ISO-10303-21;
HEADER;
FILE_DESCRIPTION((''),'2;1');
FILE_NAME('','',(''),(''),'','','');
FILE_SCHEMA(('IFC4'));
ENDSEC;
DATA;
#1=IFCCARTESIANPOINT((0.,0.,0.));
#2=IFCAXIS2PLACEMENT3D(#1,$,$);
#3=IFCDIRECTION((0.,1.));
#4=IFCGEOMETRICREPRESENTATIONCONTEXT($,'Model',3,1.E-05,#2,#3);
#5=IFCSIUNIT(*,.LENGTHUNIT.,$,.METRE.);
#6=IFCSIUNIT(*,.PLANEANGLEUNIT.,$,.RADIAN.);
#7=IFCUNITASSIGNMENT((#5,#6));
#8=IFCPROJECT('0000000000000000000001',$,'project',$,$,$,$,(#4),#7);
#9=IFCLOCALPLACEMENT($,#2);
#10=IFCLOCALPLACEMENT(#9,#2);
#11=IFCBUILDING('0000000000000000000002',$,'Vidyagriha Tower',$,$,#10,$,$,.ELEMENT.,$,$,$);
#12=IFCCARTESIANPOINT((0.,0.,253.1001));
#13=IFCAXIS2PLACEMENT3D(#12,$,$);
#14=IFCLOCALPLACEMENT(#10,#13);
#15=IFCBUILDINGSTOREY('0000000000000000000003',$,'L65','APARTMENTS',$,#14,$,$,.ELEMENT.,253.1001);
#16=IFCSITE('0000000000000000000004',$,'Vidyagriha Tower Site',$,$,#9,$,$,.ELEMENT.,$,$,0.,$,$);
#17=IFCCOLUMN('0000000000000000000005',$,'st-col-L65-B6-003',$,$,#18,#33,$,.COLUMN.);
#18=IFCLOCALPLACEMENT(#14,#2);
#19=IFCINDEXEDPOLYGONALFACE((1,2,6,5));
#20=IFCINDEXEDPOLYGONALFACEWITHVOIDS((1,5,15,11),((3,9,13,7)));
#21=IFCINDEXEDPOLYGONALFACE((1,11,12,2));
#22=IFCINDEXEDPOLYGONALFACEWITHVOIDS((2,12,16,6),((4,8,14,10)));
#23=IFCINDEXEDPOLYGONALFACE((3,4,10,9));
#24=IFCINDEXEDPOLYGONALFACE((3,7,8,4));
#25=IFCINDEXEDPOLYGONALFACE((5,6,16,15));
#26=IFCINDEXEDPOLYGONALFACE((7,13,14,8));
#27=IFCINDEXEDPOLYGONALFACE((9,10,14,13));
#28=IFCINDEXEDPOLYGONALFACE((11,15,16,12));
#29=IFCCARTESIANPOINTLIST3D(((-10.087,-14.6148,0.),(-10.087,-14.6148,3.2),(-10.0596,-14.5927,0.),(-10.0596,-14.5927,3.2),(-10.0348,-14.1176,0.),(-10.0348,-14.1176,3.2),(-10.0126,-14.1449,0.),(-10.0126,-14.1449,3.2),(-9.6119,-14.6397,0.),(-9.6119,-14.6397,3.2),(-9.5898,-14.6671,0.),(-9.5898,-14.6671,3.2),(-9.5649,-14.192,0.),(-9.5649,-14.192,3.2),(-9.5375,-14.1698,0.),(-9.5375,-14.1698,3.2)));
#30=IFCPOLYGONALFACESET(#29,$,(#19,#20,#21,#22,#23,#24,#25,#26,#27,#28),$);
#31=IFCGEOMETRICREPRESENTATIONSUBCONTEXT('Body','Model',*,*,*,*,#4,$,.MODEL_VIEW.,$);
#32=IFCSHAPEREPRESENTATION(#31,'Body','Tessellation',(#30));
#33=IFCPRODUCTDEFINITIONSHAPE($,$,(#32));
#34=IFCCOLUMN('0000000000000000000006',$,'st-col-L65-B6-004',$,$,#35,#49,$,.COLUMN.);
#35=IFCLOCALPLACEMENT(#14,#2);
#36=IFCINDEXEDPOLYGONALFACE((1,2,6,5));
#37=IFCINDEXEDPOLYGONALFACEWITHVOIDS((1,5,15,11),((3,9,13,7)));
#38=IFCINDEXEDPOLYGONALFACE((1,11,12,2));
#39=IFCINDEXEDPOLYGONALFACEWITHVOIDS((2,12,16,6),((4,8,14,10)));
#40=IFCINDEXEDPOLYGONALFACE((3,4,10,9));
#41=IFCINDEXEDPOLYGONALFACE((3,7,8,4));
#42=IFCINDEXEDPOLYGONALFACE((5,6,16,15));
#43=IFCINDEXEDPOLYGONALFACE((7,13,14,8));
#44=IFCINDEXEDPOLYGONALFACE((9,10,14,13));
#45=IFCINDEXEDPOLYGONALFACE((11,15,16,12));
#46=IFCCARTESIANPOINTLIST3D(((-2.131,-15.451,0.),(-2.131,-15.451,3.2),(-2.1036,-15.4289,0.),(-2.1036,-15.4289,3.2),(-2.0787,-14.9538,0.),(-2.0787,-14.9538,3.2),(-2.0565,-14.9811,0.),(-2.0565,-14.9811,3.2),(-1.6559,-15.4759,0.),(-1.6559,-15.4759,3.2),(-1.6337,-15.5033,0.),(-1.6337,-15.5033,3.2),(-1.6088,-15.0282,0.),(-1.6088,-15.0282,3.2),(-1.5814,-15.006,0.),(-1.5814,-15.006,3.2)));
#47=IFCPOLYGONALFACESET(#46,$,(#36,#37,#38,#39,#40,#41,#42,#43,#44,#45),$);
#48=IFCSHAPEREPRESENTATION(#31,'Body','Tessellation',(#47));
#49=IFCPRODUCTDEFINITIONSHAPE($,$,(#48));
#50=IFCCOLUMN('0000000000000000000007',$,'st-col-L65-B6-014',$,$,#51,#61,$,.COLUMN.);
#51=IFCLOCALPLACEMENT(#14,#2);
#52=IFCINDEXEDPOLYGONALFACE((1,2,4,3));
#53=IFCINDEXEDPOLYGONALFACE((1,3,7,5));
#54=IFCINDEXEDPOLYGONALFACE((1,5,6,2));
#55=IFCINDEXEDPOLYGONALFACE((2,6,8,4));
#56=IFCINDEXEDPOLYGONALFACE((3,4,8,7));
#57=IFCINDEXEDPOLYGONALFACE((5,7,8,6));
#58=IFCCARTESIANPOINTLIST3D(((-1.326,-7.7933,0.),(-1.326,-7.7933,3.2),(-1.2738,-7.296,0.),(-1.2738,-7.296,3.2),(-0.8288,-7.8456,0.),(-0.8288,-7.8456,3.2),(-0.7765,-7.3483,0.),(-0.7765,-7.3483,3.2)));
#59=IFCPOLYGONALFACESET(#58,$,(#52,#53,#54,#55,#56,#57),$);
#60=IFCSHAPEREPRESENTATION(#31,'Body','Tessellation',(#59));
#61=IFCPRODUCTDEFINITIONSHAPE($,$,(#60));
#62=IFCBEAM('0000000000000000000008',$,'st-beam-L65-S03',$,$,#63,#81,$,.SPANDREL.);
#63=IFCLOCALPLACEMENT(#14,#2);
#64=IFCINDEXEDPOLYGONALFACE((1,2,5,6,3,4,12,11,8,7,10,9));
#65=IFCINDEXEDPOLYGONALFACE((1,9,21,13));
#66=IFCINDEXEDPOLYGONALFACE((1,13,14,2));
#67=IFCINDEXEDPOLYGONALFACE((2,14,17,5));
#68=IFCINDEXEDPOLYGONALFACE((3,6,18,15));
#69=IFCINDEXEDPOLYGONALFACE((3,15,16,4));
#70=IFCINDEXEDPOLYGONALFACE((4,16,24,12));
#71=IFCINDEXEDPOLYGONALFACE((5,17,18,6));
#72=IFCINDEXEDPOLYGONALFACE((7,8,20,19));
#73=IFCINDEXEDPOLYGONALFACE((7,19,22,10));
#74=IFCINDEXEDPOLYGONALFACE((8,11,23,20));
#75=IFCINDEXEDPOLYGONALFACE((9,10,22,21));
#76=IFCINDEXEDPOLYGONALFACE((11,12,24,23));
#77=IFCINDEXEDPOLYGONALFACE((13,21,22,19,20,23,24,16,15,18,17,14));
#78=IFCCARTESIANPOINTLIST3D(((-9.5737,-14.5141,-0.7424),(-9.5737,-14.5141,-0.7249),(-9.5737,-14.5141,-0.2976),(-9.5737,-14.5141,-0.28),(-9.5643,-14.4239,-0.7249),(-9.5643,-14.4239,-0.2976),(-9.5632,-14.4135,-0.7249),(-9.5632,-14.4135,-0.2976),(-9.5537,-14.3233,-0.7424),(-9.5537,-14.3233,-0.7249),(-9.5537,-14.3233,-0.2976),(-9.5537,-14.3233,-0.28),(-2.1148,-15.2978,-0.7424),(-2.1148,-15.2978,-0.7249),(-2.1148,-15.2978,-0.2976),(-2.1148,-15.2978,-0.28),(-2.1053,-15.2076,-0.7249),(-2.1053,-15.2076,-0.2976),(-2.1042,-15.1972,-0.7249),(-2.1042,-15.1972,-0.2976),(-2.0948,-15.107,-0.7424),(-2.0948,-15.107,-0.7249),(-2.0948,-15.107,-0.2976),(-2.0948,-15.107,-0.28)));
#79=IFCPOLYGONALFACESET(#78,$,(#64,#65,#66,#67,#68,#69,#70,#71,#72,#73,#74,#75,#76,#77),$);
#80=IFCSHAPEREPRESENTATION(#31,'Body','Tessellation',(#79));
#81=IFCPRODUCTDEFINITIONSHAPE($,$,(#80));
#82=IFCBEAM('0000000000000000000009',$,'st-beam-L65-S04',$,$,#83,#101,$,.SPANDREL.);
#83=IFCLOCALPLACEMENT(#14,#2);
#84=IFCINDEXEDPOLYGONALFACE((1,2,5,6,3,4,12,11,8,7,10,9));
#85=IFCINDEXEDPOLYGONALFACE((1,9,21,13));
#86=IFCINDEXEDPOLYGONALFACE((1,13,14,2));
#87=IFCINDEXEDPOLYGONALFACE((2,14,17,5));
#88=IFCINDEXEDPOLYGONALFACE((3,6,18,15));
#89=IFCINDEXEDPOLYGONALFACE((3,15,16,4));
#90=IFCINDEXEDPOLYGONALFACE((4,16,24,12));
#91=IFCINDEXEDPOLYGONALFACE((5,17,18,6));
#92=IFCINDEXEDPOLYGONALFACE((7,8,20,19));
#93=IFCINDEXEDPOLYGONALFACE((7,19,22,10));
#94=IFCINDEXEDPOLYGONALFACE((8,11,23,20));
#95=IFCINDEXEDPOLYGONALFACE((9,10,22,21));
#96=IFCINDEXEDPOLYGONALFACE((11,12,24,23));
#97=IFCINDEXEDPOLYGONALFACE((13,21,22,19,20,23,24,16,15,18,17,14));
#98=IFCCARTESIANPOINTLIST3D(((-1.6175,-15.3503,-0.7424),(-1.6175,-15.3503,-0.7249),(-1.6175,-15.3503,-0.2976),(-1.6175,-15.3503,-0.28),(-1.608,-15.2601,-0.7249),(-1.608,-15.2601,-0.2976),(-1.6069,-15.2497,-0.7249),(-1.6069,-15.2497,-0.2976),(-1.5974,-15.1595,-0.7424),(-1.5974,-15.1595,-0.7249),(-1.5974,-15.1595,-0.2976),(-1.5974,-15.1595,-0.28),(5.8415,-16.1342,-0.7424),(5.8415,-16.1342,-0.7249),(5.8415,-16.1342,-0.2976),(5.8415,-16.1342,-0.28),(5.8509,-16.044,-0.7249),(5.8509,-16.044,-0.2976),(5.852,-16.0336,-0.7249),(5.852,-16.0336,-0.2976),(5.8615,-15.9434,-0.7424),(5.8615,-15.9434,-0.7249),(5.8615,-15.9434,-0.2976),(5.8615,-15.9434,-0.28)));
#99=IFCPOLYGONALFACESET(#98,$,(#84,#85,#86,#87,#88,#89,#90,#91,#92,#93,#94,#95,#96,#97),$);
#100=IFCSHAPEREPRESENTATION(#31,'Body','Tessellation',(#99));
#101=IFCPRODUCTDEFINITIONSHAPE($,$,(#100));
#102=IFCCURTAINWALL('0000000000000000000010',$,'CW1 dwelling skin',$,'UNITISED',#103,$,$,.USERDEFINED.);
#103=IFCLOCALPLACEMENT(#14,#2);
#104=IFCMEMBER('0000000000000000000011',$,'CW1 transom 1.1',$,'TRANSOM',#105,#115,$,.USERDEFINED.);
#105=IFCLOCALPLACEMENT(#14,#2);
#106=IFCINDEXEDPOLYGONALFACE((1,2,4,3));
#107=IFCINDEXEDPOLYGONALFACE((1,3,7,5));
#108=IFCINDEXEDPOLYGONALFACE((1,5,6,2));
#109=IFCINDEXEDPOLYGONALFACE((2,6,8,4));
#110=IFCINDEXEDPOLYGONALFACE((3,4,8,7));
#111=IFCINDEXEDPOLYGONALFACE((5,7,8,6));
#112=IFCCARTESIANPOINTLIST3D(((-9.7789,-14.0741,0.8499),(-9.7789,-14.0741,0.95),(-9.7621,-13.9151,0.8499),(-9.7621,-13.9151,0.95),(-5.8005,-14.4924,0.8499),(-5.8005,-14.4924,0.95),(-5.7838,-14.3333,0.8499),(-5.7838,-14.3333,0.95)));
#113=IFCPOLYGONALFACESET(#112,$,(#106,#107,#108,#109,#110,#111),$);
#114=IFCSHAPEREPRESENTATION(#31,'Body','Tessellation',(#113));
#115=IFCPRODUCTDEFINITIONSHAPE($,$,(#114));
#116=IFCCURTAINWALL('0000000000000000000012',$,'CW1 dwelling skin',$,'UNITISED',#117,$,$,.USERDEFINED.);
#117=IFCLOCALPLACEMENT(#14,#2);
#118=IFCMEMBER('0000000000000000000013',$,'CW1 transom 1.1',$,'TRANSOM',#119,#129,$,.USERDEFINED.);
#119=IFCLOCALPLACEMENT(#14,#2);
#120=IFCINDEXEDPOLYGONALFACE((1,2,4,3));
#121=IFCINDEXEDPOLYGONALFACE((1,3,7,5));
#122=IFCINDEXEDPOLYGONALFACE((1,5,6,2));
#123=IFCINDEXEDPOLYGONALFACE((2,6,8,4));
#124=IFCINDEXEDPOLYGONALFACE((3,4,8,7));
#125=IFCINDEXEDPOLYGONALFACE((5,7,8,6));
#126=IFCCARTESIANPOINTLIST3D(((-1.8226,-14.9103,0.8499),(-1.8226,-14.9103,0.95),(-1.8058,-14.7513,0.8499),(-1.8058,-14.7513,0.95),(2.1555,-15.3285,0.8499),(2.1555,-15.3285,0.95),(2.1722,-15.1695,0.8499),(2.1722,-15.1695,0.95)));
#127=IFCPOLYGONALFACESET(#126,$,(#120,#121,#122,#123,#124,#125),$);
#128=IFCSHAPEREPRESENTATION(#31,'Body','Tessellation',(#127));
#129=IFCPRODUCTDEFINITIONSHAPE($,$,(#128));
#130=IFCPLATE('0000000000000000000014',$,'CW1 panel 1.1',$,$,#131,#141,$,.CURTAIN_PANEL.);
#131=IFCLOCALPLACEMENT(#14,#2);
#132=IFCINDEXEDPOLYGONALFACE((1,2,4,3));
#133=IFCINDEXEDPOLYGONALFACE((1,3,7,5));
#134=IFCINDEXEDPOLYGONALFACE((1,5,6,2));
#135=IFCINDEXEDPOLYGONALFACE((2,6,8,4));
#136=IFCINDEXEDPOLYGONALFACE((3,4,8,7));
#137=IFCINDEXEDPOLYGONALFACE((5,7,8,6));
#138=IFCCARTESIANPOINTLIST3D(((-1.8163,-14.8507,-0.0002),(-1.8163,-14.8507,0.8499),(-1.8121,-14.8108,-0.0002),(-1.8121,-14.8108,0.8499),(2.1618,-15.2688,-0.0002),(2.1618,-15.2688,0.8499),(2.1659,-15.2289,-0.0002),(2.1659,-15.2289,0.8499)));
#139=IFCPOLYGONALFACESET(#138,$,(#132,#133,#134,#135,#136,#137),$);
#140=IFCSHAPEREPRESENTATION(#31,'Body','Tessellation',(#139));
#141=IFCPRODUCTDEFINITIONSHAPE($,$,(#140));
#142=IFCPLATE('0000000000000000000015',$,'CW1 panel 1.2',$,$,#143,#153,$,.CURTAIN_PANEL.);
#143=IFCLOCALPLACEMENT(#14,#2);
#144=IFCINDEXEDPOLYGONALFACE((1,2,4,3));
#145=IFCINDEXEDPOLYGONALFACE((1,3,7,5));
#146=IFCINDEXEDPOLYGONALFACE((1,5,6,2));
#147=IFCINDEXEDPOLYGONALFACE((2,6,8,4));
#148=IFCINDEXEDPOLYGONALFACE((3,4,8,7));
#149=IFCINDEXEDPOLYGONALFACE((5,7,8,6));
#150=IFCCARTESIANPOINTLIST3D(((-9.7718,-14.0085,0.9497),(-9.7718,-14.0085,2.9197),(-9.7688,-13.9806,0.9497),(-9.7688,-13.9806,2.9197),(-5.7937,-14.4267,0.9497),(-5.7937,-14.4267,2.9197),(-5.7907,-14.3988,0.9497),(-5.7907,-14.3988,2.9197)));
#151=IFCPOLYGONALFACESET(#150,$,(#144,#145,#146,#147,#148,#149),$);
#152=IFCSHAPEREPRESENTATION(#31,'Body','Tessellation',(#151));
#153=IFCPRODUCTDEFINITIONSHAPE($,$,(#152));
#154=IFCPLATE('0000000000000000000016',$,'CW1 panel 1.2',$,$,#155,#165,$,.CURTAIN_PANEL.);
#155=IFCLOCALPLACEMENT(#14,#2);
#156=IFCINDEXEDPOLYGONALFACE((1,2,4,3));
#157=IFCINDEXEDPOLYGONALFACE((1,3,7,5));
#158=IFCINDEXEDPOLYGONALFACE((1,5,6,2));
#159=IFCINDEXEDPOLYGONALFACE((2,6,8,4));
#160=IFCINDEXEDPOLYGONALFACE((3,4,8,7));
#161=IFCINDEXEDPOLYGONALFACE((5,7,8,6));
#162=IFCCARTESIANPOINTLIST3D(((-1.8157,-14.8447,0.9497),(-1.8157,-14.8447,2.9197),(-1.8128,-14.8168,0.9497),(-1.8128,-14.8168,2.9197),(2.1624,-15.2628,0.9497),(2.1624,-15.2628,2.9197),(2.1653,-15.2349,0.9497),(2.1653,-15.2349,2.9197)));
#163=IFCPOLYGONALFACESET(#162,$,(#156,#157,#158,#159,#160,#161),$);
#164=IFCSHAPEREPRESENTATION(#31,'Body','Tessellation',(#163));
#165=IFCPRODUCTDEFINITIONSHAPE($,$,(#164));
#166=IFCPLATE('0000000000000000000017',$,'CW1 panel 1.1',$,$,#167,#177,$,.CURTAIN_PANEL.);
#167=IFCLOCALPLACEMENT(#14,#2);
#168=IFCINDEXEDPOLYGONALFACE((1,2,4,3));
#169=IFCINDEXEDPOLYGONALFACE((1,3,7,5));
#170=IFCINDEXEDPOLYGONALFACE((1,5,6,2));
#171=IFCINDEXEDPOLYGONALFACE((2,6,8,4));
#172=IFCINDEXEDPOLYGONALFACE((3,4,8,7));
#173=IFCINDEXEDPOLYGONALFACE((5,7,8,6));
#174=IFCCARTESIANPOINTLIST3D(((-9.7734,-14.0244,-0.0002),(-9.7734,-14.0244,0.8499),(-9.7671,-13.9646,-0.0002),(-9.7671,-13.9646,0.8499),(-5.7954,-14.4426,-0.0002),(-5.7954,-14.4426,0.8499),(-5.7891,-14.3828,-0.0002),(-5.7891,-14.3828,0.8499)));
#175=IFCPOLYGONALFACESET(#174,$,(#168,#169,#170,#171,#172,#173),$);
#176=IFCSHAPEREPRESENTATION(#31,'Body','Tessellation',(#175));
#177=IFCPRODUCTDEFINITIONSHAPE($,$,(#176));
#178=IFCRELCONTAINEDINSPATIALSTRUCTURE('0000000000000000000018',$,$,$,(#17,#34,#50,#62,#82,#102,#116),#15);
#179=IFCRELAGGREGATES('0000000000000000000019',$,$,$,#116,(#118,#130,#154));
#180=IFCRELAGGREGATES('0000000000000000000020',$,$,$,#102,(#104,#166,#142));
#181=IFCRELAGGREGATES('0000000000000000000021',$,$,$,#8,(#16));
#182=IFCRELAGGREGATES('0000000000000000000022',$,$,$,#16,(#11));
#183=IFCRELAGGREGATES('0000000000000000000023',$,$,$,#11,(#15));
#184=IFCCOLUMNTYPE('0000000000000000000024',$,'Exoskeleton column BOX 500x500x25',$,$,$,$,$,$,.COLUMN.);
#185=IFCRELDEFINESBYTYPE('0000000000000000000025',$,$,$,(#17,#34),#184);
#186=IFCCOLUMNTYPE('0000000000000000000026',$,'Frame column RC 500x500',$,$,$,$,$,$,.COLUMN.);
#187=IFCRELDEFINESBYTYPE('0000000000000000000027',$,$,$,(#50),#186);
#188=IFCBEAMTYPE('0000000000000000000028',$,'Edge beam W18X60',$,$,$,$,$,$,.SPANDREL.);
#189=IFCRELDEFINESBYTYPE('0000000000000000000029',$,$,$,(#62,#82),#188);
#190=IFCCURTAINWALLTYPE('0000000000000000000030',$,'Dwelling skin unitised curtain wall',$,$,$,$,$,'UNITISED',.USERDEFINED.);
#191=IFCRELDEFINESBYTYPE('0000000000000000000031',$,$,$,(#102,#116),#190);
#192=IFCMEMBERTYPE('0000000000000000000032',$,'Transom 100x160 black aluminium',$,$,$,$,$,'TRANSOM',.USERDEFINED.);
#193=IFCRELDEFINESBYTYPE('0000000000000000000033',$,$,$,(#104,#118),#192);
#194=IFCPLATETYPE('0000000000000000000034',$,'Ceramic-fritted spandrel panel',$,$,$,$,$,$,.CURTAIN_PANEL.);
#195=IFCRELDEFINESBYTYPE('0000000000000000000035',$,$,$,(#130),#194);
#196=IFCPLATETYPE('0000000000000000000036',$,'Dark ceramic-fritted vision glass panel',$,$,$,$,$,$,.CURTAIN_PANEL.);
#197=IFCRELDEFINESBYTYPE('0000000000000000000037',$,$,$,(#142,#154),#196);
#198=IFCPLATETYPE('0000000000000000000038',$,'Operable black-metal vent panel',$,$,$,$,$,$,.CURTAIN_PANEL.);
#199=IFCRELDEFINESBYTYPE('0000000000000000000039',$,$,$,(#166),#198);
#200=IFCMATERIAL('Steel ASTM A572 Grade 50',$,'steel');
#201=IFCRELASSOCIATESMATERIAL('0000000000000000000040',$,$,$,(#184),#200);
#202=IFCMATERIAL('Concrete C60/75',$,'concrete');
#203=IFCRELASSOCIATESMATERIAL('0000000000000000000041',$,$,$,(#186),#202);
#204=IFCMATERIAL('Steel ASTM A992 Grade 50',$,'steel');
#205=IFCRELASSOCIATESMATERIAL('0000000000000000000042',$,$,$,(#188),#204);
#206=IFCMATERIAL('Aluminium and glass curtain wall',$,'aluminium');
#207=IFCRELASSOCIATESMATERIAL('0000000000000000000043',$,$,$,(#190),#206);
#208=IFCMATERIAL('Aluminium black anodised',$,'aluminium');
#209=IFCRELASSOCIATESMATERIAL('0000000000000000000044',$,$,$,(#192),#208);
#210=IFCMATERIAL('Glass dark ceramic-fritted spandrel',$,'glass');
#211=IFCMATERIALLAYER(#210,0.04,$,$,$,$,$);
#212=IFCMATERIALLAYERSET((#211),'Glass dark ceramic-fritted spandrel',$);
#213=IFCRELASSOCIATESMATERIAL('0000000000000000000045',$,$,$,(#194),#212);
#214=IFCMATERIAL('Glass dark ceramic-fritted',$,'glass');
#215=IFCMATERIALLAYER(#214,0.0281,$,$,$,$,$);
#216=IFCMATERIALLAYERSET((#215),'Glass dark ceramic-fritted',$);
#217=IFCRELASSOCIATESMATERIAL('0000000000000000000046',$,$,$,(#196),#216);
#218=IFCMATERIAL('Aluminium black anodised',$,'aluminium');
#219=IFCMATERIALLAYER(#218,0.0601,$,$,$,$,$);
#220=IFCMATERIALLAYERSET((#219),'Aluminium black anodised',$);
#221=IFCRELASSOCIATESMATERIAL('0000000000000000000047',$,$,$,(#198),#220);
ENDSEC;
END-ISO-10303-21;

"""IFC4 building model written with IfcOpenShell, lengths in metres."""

from ifc_helpers import new_model, si_unit, direction, frame, origin, origin_2d, place, context, subcontext, project, spatial, rectangle, hollow_rectangle, i_section, extrude, material, layer, layer_set, material_profile, profile_set, type_object, element, aggregate, save


model = new_model("IFC4")

# Units and contexts
model_context = context("Model", 3, precision=1e-05, world=origin(), true_north=direction((0.0, 1.0)))
body_context = subcontext(model_context, "Body", "Model", "MODEL_VIEW")
ifc_project = project(units=[si_unit("LENGTHUNIT", "METRE"), si_unit("PLANEANGLEUNIT", "RADIAN")], contexts=[model_context])

# Site, building, storey
site_placement = place(None, origin())
site = spatial("IfcSite", under=ifc_project, at=site_placement, Name="Vidyagriha Tower Site", CompositionType="ELEMENT", RefElevation=0.0)
building_placement = place(site_placement, origin())
building = spatial("IfcBuilding", under=site, at=building_placement, Name="Vidyagriha Tower", CompositionType="ELEMENT")
storey_placement = place(building_placement, frame((0.0, 0.0, 253.1001)))
storey = spatial("IfcBuildingStorey", under=building, at=storey_placement, Name="L65", Description="APARTMENTS", CompositionType="ELEMENT", Elevation=253.1001)

# Columns
ifc_material_1 = material(Name="Steel ASTM A572 Grade 50", Category="steel")
ifc_material_profile_1 = material_profile(ifc_material_1, hollow_rectangle(XDim=0.5, YDim=0.5, WallThickness=0.0249, at=origin_2d()), Name="BOX 500x500x25")
ifc_profile_set_1 = profile_set([ifc_material_profile_1], Name="Steel ASTM A572 Grade 50")
column_type_1 = type_object("IfcColumnType", Name="Exoskeleton column BOX 500x500x25", PredefinedType="COLUMN", material=ifc_profile_set_1)
for number, where, z_axis, x_axis, name in (
    (1, (-9.8123, -14.3923, 0.0), (0.0, 0.0, 1.0), (0.994522, -0.104528, 0.0), "st-col-L65-B6-003"),
    (2, (-1.8562, -15.2285, 0.0), (0.0, 0.0, 1.0), (0.994522, -0.104528, 0.0), "st-col-L65-B6-004"),
):
    element("IfcColumn", number, at=place(storey_placement, frame(where, z_axis=z_axis, x_axis=x_axis)), inside=storey, type_object=column_type_1, Name=name, PredefinedType="COLUMN", context=body_context, shape_type="SweptSolid", body=[
        extrude(hollow_rectangle(XDim=0.5, YDim=0.5, WallThickness=0.0249, at=origin_2d()), origin(), (0.0, 0.0, 1.0), 3.2),
    ])
ifc_material_2 = material(Name="Concrete C60/75", Category="concrete")
ifc_material_profile_2 = material_profile(ifc_material_2, rectangle(XDim=0.5, YDim=0.5, at=origin_2d()), Name="RC 500x500")
ifc_profile_set_2 = profile_set([ifc_material_profile_2], Name="Concrete C60/75")
column_type_2 = type_object("IfcColumnType", Name="Frame column RC 500x500", PredefinedType="COLUMN", material=ifc_profile_set_2)
column_placement = place(storey_placement, frame((-1.0513, -7.5708, 0.0), z_axis=(0.0, 0.0, 1.0), x_axis=(0.994522, -0.104528, 0.0)))
element("IfcColumn", 3, at=column_placement, inside=storey, type_object=column_type_2, Name="st-col-L65-B6-014", PredefinedType="COLUMN", context=body_context, shape_type="SweptSolid", body=[
    extrude(rectangle(XDim=0.5, YDim=0.5, at=origin_2d()), origin(), (0.0, 0.0, 1.0), 3.2),
])

# Beams
ifc_material_3 = material(Name="Steel ASTM A992 Grade 50", Category="steel")
ifc_material_profile_3 = material_profile(ifc_material_3, i_section(OverallWidth=0.1919, OverallDepth=0.4624, WebThickness=0.0105, FlangeThickness=0.0176, at=origin_2d()), Name="W18X60")
ifc_profile_set_3 = profile_set([ifc_material_profile_3], Name="Steel ASTM A992 Grade 50")
beam_type = type_object("IfcBeamType", Name="Edge beam W18X60", PredefinedType="SPANDREL", material=ifc_profile_set_3)
for number, where, z_axis, x_axis, name in (
    (4, (-9.5637, -14.4187, -0.5112), (0.994526, -0.104492, 0.0), (0.104492, 0.994526, 0.0), "st-beam-L65-S03"),
    (5, (-1.6074, -15.2549, -0.5112), (0.994522, -0.104524, 0.0), (0.104524, 0.994522, 0.0), "st-beam-L65-S04"),
):
    element("IfcBeam", number, at=place(storey_placement, frame(where, z_axis=z_axis, x_axis=x_axis)), inside=storey, type_object=beam_type, Name=name, PredefinedType="SPANDREL", context=body_context, shape_type="SweptSolid", body=[
        extrude(i_section(OverallWidth=0.1919, OverallDepth=0.4624, WebThickness=0.0105, FlangeThickness=0.0176, at=origin_2d()), origin(), (0.0, 0.0, 1.0), 7.5),
    ])

# Curtain wall, member
ifc_material_4 = material(Name="Aluminium and glass curtain wall", Category="aluminium")
curtain_wall_type = type_object("IfcCurtainWallType", Name="Dwelling skin unitised curtain wall", ElementType="UNITISED", PredefinedType="USERDEFINED", material=ifc_material_4)
curtain_wall_1_placement = place(storey_placement, origin())
curtain_wall_1 = element("IfcCurtainWall", 6, at=curtain_wall_1_placement, inside=storey, type_object=curtain_wall_type, Name="CW1 dwelling skin", ObjectType="UNITISED", PredefinedType="USERDEFINED")
ifc_material_5 = material(Name="Aluminium black anodised", Category="aluminium")
ifc_material_profile_4 = material_profile(ifc_material_5, rectangle(XDim=0.1599, YDim=0.1001, at=origin_2d()), Name="Transom 100x160 black aluminium")
ifc_profile_set_4 = profile_set([ifc_material_profile_4], Name="Aluminium black anodised")
member_type = type_object("IfcMemberType", Name="Transom 100x160 black aluminium", ElementType="TRANSOM", PredefinedType="USERDEFINED", material=ifc_profile_set_4)
member_1_placement = place(storey_placement, frame((-9.7705, -13.9946, 0.8999), z_axis=(0.99452, -0.104548, 0.0), x_axis=(0.104548, 0.99452, 0.0)))
member_1 = element("IfcMember", 7, at=member_1_placement, type_object=member_type, Name="CW1 transom 1.1", ObjectType="TRANSOM", PredefinedType="USERDEFINED", context=body_context, shape_type="SweptSolid", body=[
    extrude(rectangle(XDim=0.1599, YDim=0.1001, at=origin_2d()), origin(), (0.0, 0.0, 1.0), 4.0002),
])

# Curtain wall, member, plate
curtain_wall_2_placement = place(storey_placement, origin())
curtain_wall_2 = element("IfcCurtainWall", 8, at=curtain_wall_2_placement, inside=storey, type_object=curtain_wall_type, Name="CW1 dwelling skin", ObjectType="UNITISED", PredefinedType="USERDEFINED")
member_2_placement = place(storey_placement, frame((-1.8142, -14.8308, 0.8999), z_axis=(0.994519, -0.104555, 0.0), x_axis=(0.104555, 0.994519, 0.0)))
member_2 = element("IfcMember", 9, at=member_2_placement, type_object=member_type, Name="CW1 transom 1.1", ObjectType="TRANSOM", PredefinedType="USERDEFINED", context=body_context, shape_type="SweptSolid", body=[
    extrude(rectangle(XDim=0.1599, YDim=0.1001, at=origin_2d()), origin(), (0.0, 0.0, 1.0), 4.0),
])
ifc_material_6 = material(Name="Glass dark ceramic-fritted spandrel", Category="glass")
ifc_layer_1 = layer(ifc_material_6, 0.04)
ifc_layer_set_1 = layer_set([ifc_layer_1], Name="Glass dark ceramic-fritted spandrel")
plate_type_1 = type_object("IfcPlateType", Name="Ceramic-fritted spandrel panel", PredefinedType="CURTAIN_PANEL", material=ifc_layer_set_1)
plate_1_placement = place(storey_placement, frame((0.1748, -15.0398, -0.0002), z_axis=(0.0, 0.0, 1.0), x_axis=(0.994522, -0.104527, 0.0)))
plate_1 = element("IfcPlate", 10, at=plate_1_placement, type_object=plate_type_1, Name="CW1 panel 1.1", PredefinedType="CURTAIN_PANEL", context=body_context, shape_type="SweptSolid", body=[
    extrude(rectangle(XDim=4.0, YDim=0.04, at=origin_2d()), origin(), (0.0, 0.0, 1.0), 0.8501),
])

# Plates
ifc_material_7 = material(Name="Glass dark ceramic-fritted", Category="glass")
ifc_layer_2 = layer(ifc_material_7, 0.0281)
ifc_layer_set_2 = layer_set([ifc_layer_2], Name="Glass dark ceramic-fritted")
plate_type_2 = type_object("IfcPlateType", Name="Dark ceramic-fritted vision glass panel", PredefinedType="CURTAIN_PANEL", material=ifc_layer_set_2)
plate_2_placement = place(storey_placement, frame((-7.7812, -14.2036, 0.9497), z_axis=(0.0, 0.0, 1.0), x_axis=(0.99452, -0.104549, 0.0)))
plate_2 = element("IfcPlate", 11, at=plate_2_placement, type_object=plate_type_2, Name="CW1 panel 1.2", PredefinedType="CURTAIN_PANEL", context=body_context, shape_type="SweptSolid", body=[
    extrude(rectangle(XDim=4.0, YDim=0.0281, at=origin_2d()), origin(), (0.0, 0.0, 1.0), 1.97),
])
plate_3_placement = place(storey_placement, frame((0.1748, -15.0398, 0.9497), z_axis=(0.0, 0.0, 1.0), x_axis=(0.994522, -0.104527, 0.0)))
plate_3 = element("IfcPlate", 12, at=plate_3_placement, type_object=plate_type_2, Name="CW1 panel 1.2", PredefinedType="CURTAIN_PANEL", context=body_context, shape_type="SweptSolid", body=[
    extrude(rectangle(XDim=4.0, YDim=0.0281, at=origin_2d()), origin(), (0.0, 0.0, 1.0), 1.97),
])
aggregate(curtain_wall_2, [member_2, plate_1, plate_3])
ifc_material_8 = material(Name="Aluminium black anodised", Category="aluminium")
ifc_layer_3 = layer(ifc_material_8, 0.0601)
ifc_layer_set_3 = layer_set([ifc_layer_3], Name="Aluminium black anodised")
plate_type_3 = type_object("IfcPlateType", Name="Operable black-metal vent panel", PredefinedType="CURTAIN_PANEL", material=ifc_layer_set_3)
plate_4_placement = place(storey_placement, frame((-7.7812, -14.2036, -0.0002), z_axis=(0.0, 0.0, 1.0), x_axis=(0.99452, -0.104549, 0.0)))
plate_4 = element("IfcPlate", 13, at=plate_4_placement, type_object=plate_type_3, Name="CW1 panel 1.1", PredefinedType="CURTAIN_PANEL", context=body_context, shape_type="SweptSolid", body=[
    extrude(rectangle(XDim=4.0, YDim=0.0601, at=origin_2d()), origin(), (0.0, 0.0, 1.0), 0.8501),
])
aggregate(curtain_wall_1, [member_1, plate_4, plate_2])

save(model, "model.ifc")
